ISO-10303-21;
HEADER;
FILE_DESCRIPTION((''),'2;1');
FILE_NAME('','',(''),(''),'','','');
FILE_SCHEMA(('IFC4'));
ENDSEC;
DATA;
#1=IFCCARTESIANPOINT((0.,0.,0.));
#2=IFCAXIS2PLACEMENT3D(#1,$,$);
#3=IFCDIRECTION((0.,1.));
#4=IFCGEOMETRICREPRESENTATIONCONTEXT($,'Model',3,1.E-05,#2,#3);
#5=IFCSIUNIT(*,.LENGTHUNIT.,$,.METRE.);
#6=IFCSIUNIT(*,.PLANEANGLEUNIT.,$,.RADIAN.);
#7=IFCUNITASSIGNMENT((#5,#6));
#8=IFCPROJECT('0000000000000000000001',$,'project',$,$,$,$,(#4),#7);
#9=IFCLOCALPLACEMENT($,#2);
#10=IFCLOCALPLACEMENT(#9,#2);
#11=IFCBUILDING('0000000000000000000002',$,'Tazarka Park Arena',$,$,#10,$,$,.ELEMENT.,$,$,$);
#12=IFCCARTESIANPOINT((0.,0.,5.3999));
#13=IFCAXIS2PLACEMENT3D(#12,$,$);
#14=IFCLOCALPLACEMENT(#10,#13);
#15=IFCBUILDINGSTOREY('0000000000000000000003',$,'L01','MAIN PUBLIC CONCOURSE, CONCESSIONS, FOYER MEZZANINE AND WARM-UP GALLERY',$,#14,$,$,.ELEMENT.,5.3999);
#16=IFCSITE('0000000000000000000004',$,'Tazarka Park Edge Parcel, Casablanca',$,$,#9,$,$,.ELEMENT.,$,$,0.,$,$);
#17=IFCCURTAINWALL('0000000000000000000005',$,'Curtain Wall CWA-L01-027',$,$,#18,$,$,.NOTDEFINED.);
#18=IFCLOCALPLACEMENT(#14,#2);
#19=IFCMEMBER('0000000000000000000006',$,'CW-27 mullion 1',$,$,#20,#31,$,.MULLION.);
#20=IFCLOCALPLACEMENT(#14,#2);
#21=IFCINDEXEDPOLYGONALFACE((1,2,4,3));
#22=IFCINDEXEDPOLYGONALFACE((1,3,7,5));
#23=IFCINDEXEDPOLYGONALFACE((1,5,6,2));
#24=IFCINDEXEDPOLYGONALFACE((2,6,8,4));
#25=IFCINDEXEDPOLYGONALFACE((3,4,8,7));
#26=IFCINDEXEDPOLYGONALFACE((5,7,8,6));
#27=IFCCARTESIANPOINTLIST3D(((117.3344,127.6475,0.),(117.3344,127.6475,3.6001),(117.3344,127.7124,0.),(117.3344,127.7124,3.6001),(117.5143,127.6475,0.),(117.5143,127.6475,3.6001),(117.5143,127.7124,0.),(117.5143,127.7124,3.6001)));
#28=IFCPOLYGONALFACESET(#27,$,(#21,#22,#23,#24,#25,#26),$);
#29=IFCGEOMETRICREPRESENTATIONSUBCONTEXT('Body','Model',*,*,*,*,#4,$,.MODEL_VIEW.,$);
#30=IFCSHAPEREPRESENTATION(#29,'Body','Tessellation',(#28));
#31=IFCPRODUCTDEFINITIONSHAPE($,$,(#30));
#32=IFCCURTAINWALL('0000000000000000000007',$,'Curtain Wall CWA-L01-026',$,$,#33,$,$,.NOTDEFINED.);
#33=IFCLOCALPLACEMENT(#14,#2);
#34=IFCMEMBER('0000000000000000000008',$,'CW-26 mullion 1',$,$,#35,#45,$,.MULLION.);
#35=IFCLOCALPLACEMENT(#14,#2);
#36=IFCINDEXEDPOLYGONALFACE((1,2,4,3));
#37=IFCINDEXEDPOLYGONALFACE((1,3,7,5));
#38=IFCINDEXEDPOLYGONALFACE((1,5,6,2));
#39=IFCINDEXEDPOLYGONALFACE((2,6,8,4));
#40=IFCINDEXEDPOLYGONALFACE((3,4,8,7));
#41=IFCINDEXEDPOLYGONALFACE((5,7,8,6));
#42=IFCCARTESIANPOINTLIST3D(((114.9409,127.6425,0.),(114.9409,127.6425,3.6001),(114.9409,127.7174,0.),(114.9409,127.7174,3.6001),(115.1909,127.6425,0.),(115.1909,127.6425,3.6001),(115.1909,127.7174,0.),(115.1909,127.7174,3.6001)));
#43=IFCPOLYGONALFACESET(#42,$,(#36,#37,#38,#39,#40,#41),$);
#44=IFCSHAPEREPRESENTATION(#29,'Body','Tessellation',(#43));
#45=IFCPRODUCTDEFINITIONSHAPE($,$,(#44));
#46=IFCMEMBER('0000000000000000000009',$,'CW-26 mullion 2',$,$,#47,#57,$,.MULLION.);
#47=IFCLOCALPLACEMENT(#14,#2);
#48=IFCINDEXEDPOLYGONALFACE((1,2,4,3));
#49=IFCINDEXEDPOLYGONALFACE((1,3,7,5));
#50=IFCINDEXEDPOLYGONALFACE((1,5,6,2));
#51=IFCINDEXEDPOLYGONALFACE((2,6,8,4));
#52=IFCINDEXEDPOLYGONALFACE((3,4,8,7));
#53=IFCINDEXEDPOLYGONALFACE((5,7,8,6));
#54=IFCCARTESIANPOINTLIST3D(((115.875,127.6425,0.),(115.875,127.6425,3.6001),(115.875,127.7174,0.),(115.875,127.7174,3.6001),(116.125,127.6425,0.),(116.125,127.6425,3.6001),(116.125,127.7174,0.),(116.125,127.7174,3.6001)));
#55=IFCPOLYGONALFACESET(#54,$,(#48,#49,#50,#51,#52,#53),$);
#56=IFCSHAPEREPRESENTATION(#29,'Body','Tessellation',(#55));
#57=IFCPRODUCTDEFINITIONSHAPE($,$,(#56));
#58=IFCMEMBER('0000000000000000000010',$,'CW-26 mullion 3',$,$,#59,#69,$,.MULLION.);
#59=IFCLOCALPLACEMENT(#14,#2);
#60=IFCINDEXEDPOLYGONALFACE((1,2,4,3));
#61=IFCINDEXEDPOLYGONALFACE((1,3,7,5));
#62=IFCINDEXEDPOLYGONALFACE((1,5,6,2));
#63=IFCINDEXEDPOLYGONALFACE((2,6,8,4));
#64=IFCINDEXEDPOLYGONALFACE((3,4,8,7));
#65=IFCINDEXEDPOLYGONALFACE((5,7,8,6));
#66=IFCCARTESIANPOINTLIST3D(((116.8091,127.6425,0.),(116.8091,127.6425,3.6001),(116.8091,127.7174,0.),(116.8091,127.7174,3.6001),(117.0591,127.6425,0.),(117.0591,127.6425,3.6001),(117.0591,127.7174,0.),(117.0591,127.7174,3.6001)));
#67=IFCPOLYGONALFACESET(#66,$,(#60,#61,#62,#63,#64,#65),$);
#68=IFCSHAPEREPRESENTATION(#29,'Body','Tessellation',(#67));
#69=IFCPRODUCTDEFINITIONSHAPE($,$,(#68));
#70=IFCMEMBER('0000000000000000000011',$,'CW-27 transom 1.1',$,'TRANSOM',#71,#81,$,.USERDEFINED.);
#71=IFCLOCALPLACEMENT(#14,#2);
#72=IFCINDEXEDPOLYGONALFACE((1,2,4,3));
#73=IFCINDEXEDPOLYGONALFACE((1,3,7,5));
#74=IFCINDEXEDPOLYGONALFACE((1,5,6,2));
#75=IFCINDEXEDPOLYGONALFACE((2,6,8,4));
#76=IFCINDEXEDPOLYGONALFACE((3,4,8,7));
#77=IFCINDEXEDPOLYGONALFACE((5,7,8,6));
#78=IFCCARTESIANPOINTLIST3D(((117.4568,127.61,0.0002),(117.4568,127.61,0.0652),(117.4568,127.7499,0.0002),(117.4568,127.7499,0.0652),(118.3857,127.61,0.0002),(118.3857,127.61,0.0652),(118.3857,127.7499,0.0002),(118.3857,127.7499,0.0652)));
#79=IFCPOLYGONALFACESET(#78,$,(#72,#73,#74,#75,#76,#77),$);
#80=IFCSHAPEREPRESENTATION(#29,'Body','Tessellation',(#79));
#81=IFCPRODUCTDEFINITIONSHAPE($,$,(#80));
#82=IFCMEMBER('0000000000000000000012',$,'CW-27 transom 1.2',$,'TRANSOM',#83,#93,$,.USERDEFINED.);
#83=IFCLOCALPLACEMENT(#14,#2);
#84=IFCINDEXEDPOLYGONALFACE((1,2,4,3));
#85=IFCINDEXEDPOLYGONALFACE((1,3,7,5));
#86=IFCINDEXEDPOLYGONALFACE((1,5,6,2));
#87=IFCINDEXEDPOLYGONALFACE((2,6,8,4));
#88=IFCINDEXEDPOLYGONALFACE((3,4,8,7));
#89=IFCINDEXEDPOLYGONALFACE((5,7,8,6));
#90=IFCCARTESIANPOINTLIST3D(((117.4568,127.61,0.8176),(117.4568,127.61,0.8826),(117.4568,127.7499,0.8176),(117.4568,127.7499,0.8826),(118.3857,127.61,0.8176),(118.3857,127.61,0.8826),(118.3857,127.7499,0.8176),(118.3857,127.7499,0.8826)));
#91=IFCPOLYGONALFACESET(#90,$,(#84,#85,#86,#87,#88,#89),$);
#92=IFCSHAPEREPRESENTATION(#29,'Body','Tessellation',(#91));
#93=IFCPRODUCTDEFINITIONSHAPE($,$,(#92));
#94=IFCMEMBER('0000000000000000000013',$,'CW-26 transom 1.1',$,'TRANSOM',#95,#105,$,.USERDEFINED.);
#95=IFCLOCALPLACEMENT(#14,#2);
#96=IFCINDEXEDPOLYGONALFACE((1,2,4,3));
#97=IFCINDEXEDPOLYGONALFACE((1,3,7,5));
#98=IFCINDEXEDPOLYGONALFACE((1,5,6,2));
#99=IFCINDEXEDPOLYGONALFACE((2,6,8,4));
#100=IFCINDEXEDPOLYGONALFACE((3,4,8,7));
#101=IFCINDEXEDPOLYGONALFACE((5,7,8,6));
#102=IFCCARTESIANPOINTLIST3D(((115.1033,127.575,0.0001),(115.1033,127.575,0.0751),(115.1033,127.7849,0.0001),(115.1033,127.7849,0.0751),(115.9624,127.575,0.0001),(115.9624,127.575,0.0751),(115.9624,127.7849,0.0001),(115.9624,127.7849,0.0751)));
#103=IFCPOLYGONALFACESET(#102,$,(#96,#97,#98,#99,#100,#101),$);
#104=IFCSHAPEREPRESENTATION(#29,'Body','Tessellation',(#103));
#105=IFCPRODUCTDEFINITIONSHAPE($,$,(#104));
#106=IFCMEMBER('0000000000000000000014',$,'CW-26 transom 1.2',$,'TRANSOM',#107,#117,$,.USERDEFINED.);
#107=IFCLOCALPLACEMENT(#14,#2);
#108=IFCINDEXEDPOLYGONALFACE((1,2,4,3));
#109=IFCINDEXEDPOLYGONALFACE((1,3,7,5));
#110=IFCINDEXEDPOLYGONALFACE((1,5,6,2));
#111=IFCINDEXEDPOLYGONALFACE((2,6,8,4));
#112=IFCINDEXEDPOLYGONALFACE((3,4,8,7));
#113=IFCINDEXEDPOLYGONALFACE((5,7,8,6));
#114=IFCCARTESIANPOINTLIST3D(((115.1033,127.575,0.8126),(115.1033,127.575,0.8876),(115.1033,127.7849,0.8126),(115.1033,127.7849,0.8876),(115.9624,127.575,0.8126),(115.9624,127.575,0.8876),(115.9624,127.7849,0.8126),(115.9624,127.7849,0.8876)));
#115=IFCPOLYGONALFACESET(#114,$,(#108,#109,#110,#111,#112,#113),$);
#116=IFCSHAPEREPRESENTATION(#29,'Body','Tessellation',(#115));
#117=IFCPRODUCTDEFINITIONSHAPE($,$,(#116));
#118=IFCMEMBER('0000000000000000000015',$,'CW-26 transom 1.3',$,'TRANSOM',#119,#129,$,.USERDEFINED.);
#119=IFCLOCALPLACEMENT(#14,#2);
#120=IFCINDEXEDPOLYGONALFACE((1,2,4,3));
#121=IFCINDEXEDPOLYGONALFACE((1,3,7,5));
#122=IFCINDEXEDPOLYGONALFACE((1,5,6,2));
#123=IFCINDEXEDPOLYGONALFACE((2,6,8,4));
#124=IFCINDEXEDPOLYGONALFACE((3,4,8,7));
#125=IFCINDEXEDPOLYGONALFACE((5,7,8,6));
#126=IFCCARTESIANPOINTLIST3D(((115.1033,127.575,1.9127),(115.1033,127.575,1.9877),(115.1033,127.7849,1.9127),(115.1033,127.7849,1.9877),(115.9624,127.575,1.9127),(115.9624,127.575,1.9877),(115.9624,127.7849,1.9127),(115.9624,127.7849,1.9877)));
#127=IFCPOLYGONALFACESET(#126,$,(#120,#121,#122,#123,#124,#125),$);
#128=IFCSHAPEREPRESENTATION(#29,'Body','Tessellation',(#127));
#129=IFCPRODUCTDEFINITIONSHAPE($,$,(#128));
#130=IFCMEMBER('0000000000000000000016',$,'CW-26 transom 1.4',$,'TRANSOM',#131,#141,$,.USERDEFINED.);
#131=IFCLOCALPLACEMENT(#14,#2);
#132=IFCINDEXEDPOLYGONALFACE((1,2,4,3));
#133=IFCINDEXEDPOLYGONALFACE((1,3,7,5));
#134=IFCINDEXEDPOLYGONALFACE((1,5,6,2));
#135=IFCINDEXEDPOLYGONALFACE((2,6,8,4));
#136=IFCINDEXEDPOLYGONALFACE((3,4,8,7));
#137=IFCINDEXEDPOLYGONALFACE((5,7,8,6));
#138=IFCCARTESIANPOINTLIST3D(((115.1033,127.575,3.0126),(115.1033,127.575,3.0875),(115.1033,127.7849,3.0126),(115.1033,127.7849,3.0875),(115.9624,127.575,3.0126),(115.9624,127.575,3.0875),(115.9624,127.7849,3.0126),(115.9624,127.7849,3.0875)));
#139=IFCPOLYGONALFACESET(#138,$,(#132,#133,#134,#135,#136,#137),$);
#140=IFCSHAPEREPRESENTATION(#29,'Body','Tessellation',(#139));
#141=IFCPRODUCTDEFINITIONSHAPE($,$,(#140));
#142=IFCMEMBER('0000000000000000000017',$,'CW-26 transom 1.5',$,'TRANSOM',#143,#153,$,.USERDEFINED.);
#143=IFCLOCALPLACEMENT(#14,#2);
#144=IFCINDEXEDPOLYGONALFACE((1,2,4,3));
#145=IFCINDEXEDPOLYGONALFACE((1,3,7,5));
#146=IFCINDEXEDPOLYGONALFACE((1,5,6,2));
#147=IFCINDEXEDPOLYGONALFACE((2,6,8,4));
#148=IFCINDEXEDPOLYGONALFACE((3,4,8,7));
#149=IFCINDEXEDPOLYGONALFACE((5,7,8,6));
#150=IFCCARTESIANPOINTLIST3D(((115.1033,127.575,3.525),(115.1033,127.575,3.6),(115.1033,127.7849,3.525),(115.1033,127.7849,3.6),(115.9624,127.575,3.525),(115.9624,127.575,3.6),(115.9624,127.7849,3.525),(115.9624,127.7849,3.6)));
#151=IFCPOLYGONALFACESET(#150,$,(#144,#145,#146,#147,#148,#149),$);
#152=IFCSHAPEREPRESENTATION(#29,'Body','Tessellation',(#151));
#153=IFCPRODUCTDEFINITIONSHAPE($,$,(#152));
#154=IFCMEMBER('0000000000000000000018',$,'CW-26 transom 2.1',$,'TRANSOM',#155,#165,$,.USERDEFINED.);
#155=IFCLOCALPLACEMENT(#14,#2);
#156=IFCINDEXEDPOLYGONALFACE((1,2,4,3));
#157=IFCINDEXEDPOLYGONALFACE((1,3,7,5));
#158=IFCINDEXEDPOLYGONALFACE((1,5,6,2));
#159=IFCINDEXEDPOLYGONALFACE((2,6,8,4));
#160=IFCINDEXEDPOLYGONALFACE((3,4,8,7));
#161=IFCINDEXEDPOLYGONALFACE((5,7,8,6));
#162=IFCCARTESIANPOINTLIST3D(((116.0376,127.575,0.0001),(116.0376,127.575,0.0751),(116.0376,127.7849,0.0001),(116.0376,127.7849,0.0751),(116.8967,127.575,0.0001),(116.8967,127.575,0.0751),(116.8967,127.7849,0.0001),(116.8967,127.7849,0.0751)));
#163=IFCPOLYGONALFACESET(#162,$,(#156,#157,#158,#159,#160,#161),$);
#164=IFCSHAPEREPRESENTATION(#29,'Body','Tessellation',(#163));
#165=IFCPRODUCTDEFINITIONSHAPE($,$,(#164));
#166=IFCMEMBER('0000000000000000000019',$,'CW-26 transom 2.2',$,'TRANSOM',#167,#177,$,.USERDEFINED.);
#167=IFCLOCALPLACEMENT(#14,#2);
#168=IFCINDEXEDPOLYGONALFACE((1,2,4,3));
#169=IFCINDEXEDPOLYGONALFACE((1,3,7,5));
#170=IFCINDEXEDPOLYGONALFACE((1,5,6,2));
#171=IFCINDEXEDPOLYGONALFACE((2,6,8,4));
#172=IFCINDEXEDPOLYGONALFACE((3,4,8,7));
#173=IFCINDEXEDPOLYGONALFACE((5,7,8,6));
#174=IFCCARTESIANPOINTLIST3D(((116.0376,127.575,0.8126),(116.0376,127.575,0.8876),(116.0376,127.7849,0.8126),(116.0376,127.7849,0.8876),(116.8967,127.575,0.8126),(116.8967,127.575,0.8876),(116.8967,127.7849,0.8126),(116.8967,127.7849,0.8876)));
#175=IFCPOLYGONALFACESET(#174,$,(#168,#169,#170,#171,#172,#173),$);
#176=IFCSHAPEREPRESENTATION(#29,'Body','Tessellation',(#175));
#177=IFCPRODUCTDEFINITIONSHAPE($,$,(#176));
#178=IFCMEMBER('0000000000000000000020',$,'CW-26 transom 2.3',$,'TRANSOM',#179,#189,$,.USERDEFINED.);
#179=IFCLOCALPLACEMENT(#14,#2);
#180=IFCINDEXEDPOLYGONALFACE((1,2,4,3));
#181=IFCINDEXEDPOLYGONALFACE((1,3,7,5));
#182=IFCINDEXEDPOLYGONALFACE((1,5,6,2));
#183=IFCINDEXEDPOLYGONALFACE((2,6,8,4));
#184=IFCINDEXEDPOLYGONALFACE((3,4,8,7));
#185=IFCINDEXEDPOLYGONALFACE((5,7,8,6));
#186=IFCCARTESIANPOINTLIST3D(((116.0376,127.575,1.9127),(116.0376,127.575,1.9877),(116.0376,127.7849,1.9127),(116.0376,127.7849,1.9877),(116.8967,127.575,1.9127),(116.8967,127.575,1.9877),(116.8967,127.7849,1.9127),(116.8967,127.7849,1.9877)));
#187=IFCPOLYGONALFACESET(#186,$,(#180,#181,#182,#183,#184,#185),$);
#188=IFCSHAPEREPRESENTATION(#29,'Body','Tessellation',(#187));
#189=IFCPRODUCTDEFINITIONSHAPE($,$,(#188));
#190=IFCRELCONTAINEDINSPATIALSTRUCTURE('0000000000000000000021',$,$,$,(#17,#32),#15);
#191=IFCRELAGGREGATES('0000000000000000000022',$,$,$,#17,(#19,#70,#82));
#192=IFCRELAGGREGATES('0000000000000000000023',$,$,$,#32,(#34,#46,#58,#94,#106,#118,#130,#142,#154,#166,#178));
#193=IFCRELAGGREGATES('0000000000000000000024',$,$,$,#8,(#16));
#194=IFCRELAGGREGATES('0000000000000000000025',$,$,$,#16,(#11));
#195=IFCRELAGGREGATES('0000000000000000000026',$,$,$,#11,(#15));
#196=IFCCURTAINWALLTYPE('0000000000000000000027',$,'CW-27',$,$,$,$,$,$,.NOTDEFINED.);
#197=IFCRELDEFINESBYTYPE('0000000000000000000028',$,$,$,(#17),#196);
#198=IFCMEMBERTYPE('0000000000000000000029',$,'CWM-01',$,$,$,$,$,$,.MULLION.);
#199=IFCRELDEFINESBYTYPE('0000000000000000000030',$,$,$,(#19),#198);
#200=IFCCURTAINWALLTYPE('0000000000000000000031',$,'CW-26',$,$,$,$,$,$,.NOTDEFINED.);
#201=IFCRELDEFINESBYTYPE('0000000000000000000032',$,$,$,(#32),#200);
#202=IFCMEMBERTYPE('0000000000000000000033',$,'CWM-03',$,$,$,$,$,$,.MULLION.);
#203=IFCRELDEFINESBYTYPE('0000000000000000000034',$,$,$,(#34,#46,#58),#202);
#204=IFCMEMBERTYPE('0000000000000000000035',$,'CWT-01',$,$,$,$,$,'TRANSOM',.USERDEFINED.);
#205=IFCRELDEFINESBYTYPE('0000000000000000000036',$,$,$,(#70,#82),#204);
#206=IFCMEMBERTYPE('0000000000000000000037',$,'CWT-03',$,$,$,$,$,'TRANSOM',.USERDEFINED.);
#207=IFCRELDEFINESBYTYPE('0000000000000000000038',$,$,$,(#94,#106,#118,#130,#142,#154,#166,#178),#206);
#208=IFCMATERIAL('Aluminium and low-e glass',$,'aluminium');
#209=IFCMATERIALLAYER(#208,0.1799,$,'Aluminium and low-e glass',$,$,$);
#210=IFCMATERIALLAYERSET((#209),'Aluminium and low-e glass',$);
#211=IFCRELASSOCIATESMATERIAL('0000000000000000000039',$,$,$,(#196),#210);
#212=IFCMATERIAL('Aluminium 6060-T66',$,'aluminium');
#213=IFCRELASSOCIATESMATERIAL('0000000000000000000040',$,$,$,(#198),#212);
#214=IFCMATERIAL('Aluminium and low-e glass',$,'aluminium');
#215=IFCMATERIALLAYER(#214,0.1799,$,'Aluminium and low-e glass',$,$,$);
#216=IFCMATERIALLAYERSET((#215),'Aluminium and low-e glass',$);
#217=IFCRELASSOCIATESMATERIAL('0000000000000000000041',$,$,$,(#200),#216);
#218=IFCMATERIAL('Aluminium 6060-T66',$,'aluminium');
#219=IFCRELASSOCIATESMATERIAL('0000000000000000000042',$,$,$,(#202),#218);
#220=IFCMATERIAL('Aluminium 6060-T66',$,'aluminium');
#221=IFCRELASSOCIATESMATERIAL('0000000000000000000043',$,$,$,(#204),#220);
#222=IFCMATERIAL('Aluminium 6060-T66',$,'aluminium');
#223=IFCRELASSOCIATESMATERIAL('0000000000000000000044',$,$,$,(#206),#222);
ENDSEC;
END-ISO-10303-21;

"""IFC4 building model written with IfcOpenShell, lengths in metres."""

from ifc_helpers import new_model, si_unit, direction, frame, origin, origin_2d, place, context, subcontext, project, spatial, rectangle, extrude, material, layer, layer_set, material_profile, profile_set, type_object, element, aggregate, save


model = new_model("IFC4")

# Units and contexts
model_context = context("Model", 3, precision=1e-05, world=origin(), true_north=direction((0.0, 1.0)))
body_context = subcontext(model_context, "Body", "Model", "MODEL_VIEW")
ifc_project = project(units=[si_unit("LENGTHUNIT", "METRE"), si_unit("PLANEANGLEUNIT", "RADIAN")], contexts=[model_context])

# Site, building, storey
site_placement = place(None, origin())
site = spatial("IfcSite", under=ifc_project, at=site_placement, Name="Tazarka Park Edge Parcel, Casablanca", CompositionType="ELEMENT", RefElevation=0.0)
building_placement = place(site_placement, origin())
building = spatial("IfcBuilding", under=site, at=building_placement, Name="Tazarka Park Arena", CompositionType="ELEMENT")
storey_placement = place(building_placement, frame((0.0, 0.0, 5.3999)))
storey = spatial("IfcBuildingStorey", under=building, at=storey_placement, Name="L01", Description="MAIN PUBLIC CONCOURSE, CONCESSIONS, FOYER MEZZANINE AND WARM-UP GALLERY", CompositionType="ELEMENT", Elevation=5.3999)

# Curtain wall, member
ifc_material_1 = material(Name="Aluminium and low-e glass", Category="aluminium")
ifc_layer_1 = layer(ifc_material_1, 0.1799, Name="Aluminium and low-e glass")
ifc_layer_set_1 = layer_set([ifc_layer_1], Name="Aluminium and low-e glass")
curtain_wall_type_1 = type_object("IfcCurtainWallType", Name="CW-27", PredefinedType="NOTDEFINED", material=ifc_layer_set_1)
curtain_wall_1_placement = place(storey_placement, origin())
curtain_wall_1 = element("IfcCurtainWall", 1, at=curtain_wall_1_placement, inside=storey, type_object=curtain_wall_type_1, Name="Curtain Wall CWA-L01-027", PredefinedType="NOTDEFINED")
ifc_material_2 = material(Name="Aluminium 6060-T66", Category="aluminium")
ifc_material_profile_1 = material_profile(ifc_material_2, rectangle(XDim=0.0649, YDim=0.1799, at=origin_2d()), Name="Aluminium 6060-T66")
ifc_profile_set_1 = profile_set([ifc_material_profile_1], Name="Aluminium 6060-T66")
member_type_1 = type_object("IfcMemberType", Name="CWM-01", PredefinedType="MULLION", material=ifc_profile_set_1)
member_1_placement = place(storey_placement, frame((117.4243, 127.6799, 0.0), z_axis=(0.0, 0.0, 1.0), x_axis=(0.0, 1.0, 0.0)))
member_1 = element("IfcMember", 2, at=member_1_placement, type_object=member_type_1, Name="CW-27 mullion 1", PredefinedType="MULLION", context=body_context, shape_type="SweptSolid", body=[
    extrude(rectangle(XDim=0.0649, YDim=0.1799, at=origin_2d()), origin(), (0.0, 0.0, 1.0), 3.6001),
])

# Curtain wall, members
ifc_material_3 = material(Name="Aluminium and low-e glass", Category="aluminium")
ifc_layer_2 = layer(ifc_material_3, 0.1799, Name="Aluminium and low-e glass")
ifc_layer_set_2 = layer_set([ifc_layer_2], Name="Aluminium and low-e glass")
curtain_wall_type_2 = type_object("IfcCurtainWallType", Name="CW-26", PredefinedType="NOTDEFINED", material=ifc_layer_set_2)
curtain_wall_2_placement = place(storey_placement, origin())
curtain_wall_2 = element("IfcCurtainWall", 3, at=curtain_wall_2_placement, inside=storey, type_object=curtain_wall_type_2, Name="Curtain Wall CWA-L01-026", PredefinedType="NOTDEFINED")
ifc_material_4 = material(Name="Aluminium 6060-T66", Category="aluminium")
ifc_material_profile_2 = material_profile(ifc_material_4, rectangle(XDim=0.075, YDim=0.25, at=origin_2d()), Name="Aluminium 6060-T66")
ifc_profile_set_2 = profile_set([ifc_material_profile_2], Name="Aluminium 6060-T66")
member_type_2 = type_object("IfcMemberType", Name="CWM-03", PredefinedType="MULLION", material=ifc_profile_set_2)
member_2_placement = place(storey_placement, frame((115.0659, 127.6799, 0.0), z_axis=(0.0, 0.0, 1.0), x_axis=(0.0, 1.0, 0.0)))
member_2 = element("IfcMember", 4, at=member_2_placement, type_object=member_type_2, Name="CW-26 mullion 1", PredefinedType="MULLION", context=body_context, shape_type="SweptSolid", body=[
    extrude(rectangle(XDim=0.075, YDim=0.25, at=origin_2d()), origin(), (0.0, 0.0, 1.0), 3.6001),
])
member_3_placement = place(storey_placement, frame((116.0, 127.6799, 0.0), z_axis=(0.0, 0.0, 1.0), x_axis=(0.0, 1.0, 0.0)))
member_3 = element("IfcMember", 5, at=member_3_placement, type_object=member_type_2, Name="CW-26 mullion 2", PredefinedType="MULLION", context=body_context, shape_type="SweptSolid", body=[
    extrude(rectangle(XDim=0.075, YDim=0.25, at=origin_2d()), origin(), (0.0, 0.0, 1.0), 3.6001),
])
member_4_placement = place(storey_placement, frame((116.9341, 127.6799, 0.0), z_axis=(0.0, 0.0, 1.0), x_axis=(0.0, 1.0, 0.0)))
member_4 = element("IfcMember", 6, at=member_4_placement, type_object=member_type_2, Name="CW-26 mullion 3", PredefinedType="MULLION", context=body_context, shape_type="SweptSolid", body=[
    extrude(rectangle(XDim=0.075, YDim=0.25, at=origin_2d()), origin(), (0.0, 0.0, 1.0), 3.6001),
])

# Members
ifc_material_5 = material(Name="Aluminium 6060-T66", Category="aluminium")
ifc_material_profile_3 = material_profile(ifc_material_5, rectangle(XDim=0.1399, YDim=0.0649, at=origin_2d()), Name="Aluminium 6060-T66")
ifc_profile_set_3 = profile_set([ifc_material_profile_3], Name="Aluminium 6060-T66")
member_type_3 = type_object("IfcMemberType", Name="CWT-01", ElementType="TRANSOM", PredefinedType="USERDEFINED", material=ifc_profile_set_3)
member_5_placement = place(storey_placement, frame((117.4568, 127.6799, 0.0327), z_axis=(1.0, 0.0, 0.0), x_axis=(0.0, 1.0, 0.0)))
member_5 = element("IfcMember", 7, at=member_5_placement, type_object=member_type_3, Name="CW-27 transom 1.1", ObjectType="TRANSOM", PredefinedType="USERDEFINED", context=body_context, shape_type="SweptSolid", body=[
    extrude(rectangle(XDim=0.1399, YDim=0.0649, at=origin_2d()), origin(), (0.0, 0.0, 1.0), 0.929),
])
member_6_placement = place(storey_placement, frame((117.4568, 127.6799, 0.8501), z_axis=(1.0, 0.0, 0.0), x_axis=(0.0, 1.0, 0.0)))
member_6 = element("IfcMember", 8, at=member_6_placement, type_object=member_type_3, Name="CW-27 transom 1.2", ObjectType="TRANSOM", PredefinedType="USERDEFINED", context=body_context, shape_type="SweptSolid", body=[
    extrude(rectangle(XDim=0.1399, YDim=0.0649, at=origin_2d()), origin(), (0.0, 0.0, 1.0), 0.929),
])
aggregate(curtain_wall_1, [member_1, member_5, member_6])
ifc_material_6 = material(Name="Aluminium 6060-T66", Category="aluminium")
ifc_material_profile_4 = material_profile(ifc_material_6, rectangle(XDim=0.21, YDim=0.075, at=origin_2d()), Name="Aluminium 6060-T66")
ifc_profile_set_4 = profile_set([ifc_material_profile_4], Name="Aluminium 6060-T66")
member_type_4 = type_object("IfcMemberType", Name="CWT-03", ElementType="TRANSOM", PredefinedType="USERDEFINED", material=ifc_profile_set_4)
member_7_placement = place(storey_placement, frame((115.1033, 127.6799, 0.0376), z_axis=(1.0, 0.0, 0.0), x_axis=(0.0, 1.0, 0.0)))
member_7 = element("IfcMember", 9, at=member_7_placement, type_object=member_type_4, Name="CW-26 transom 1.1", ObjectType="TRANSOM", PredefinedType="USERDEFINED", context=body_context, shape_type="SweptSolid", body=[
    extrude(rectangle(XDim=0.21, YDim=0.075, at=origin_2d()), origin(), (0.0, 0.0, 1.0), 0.8591),
])
member_8_placement = place(storey_placement, frame((115.1033, 127.6799, 0.8501), z_axis=(1.0, 0.0, 0.0), x_axis=(0.0, 1.0, 0.0)))
member_8 = element("IfcMember", 10, at=member_8_placement, type_object=member_type_4, Name="CW-26 transom 1.2", ObjectType="TRANSOM", PredefinedType="USERDEFINED", context=body_context, shape_type="SweptSolid", body=[
    extrude(rectangle(XDim=0.21, YDim=0.075, at=origin_2d()), origin(), (0.0, 0.0, 1.0), 0.8591),
])
member_9_placement = place(storey_placement, frame((115.1033, 127.6799, 1.9502), z_axis=(1.0, 0.0, 0.0), x_axis=(0.0, 1.0, 0.0)))
member_9 = element("IfcMember", 11, at=member_9_placement, type_object=member_type_4, Name="CW-26 transom 1.3", ObjectType="TRANSOM", PredefinedType="USERDEFINED", context=body_context, shape_type="SweptSolid", body=[
    extrude(rectangle(XDim=0.21, YDim=0.075, at=origin_2d()), origin(), (0.0, 0.0, 1.0), 0.8591),
])
member_10_placement = place(storey_placement, frame((115.1033, 127.6799, 3.05), z_axis=(1.0, 0.0, 0.0), x_axis=(0.0, 1.0, 0.0)))
member_10 = element("IfcMember", 12, at=member_10_placement, type_object=member_type_4, Name="CW-26 transom 1.4", ObjectType="TRANSOM", PredefinedType="USERDEFINED", context=body_context, shape_type="SweptSolid", body=[
    extrude(rectangle(XDim=0.21, YDim=0.075, at=origin_2d()), origin(), (0.0, 0.0, 1.0), 0.8591),
])
member_11_placement = place(storey_placement, frame((115.1033, 127.6799, 3.5625), z_axis=(1.0, 0.0, 0.0), x_axis=(0.0, 1.0, 0.0)))
member_11 = element("IfcMember", 13, at=member_11_placement, type_object=member_type_4, Name="CW-26 transom 1.5", ObjectType="TRANSOM", PredefinedType="USERDEFINED", context=body_context, shape_type="SweptSolid", body=[
    extrude(rectangle(XDim=0.21, YDim=0.075, at=origin_2d()), origin(), (0.0, 0.0, 1.0), 0.8591),
])
member_12_placement = place(storey_placement, frame((116.0376, 127.6799, 0.0376), z_axis=(1.0, 0.0, 0.0), x_axis=(0.0, 1.0, 0.0)))
member_12 = element("IfcMember", 14, at=member_12_placement, type_object=member_type_4, Name="CW-26 transom 2.1", ObjectType="TRANSOM", PredefinedType="USERDEFINED", context=body_context, shape_type="SweptSolid", body=[
    extrude(rectangle(XDim=0.21, YDim=0.075, at=origin_2d()), origin(), (0.0, 0.0, 1.0), 0.8591),
])
member_13_placement = place(storey_placement, frame((116.0376, 127.6799, 0.8501), z_axis=(1.0, 0.0, 0.0), x_axis=(0.0, 1.0, 0.0)))
member_13 = element("IfcMember", 15, at=member_13_placement, type_object=member_type_4, Name="CW-26 transom 2.2", ObjectType="TRANSOM", PredefinedType="USERDEFINED", context=body_context, shape_type="SweptSolid", body=[
    extrude(rectangle(XDim=0.21, YDim=0.075, at=origin_2d()), origin(), (0.0, 0.0, 1.0), 0.8591),
])
member_14_placement = place(storey_placement, frame((116.0376, 127.6799, 1.9502), z_axis=(1.0, 0.0, 0.0), x_axis=(0.0, 1.0, 0.0)))
member_14 = element("IfcMember", 16, at=member_14_placement, type_object=member_type_4, Name="CW-26 transom 2.3", ObjectType="TRANSOM", PredefinedType="USERDEFINED", context=body_context, shape_type="SweptSolid", body=[
    extrude(rectangle(XDim=0.21, YDim=0.075, at=origin_2d()), origin(), (0.0, 0.0, 1.0), 0.8591),
])

aggregate(curtain_wall_2, [member_2, member_3, member_4, member_7, member_8, member_9, member_10, member_11, member_12, member_13, member_14])

save(model, "model.ifc")
